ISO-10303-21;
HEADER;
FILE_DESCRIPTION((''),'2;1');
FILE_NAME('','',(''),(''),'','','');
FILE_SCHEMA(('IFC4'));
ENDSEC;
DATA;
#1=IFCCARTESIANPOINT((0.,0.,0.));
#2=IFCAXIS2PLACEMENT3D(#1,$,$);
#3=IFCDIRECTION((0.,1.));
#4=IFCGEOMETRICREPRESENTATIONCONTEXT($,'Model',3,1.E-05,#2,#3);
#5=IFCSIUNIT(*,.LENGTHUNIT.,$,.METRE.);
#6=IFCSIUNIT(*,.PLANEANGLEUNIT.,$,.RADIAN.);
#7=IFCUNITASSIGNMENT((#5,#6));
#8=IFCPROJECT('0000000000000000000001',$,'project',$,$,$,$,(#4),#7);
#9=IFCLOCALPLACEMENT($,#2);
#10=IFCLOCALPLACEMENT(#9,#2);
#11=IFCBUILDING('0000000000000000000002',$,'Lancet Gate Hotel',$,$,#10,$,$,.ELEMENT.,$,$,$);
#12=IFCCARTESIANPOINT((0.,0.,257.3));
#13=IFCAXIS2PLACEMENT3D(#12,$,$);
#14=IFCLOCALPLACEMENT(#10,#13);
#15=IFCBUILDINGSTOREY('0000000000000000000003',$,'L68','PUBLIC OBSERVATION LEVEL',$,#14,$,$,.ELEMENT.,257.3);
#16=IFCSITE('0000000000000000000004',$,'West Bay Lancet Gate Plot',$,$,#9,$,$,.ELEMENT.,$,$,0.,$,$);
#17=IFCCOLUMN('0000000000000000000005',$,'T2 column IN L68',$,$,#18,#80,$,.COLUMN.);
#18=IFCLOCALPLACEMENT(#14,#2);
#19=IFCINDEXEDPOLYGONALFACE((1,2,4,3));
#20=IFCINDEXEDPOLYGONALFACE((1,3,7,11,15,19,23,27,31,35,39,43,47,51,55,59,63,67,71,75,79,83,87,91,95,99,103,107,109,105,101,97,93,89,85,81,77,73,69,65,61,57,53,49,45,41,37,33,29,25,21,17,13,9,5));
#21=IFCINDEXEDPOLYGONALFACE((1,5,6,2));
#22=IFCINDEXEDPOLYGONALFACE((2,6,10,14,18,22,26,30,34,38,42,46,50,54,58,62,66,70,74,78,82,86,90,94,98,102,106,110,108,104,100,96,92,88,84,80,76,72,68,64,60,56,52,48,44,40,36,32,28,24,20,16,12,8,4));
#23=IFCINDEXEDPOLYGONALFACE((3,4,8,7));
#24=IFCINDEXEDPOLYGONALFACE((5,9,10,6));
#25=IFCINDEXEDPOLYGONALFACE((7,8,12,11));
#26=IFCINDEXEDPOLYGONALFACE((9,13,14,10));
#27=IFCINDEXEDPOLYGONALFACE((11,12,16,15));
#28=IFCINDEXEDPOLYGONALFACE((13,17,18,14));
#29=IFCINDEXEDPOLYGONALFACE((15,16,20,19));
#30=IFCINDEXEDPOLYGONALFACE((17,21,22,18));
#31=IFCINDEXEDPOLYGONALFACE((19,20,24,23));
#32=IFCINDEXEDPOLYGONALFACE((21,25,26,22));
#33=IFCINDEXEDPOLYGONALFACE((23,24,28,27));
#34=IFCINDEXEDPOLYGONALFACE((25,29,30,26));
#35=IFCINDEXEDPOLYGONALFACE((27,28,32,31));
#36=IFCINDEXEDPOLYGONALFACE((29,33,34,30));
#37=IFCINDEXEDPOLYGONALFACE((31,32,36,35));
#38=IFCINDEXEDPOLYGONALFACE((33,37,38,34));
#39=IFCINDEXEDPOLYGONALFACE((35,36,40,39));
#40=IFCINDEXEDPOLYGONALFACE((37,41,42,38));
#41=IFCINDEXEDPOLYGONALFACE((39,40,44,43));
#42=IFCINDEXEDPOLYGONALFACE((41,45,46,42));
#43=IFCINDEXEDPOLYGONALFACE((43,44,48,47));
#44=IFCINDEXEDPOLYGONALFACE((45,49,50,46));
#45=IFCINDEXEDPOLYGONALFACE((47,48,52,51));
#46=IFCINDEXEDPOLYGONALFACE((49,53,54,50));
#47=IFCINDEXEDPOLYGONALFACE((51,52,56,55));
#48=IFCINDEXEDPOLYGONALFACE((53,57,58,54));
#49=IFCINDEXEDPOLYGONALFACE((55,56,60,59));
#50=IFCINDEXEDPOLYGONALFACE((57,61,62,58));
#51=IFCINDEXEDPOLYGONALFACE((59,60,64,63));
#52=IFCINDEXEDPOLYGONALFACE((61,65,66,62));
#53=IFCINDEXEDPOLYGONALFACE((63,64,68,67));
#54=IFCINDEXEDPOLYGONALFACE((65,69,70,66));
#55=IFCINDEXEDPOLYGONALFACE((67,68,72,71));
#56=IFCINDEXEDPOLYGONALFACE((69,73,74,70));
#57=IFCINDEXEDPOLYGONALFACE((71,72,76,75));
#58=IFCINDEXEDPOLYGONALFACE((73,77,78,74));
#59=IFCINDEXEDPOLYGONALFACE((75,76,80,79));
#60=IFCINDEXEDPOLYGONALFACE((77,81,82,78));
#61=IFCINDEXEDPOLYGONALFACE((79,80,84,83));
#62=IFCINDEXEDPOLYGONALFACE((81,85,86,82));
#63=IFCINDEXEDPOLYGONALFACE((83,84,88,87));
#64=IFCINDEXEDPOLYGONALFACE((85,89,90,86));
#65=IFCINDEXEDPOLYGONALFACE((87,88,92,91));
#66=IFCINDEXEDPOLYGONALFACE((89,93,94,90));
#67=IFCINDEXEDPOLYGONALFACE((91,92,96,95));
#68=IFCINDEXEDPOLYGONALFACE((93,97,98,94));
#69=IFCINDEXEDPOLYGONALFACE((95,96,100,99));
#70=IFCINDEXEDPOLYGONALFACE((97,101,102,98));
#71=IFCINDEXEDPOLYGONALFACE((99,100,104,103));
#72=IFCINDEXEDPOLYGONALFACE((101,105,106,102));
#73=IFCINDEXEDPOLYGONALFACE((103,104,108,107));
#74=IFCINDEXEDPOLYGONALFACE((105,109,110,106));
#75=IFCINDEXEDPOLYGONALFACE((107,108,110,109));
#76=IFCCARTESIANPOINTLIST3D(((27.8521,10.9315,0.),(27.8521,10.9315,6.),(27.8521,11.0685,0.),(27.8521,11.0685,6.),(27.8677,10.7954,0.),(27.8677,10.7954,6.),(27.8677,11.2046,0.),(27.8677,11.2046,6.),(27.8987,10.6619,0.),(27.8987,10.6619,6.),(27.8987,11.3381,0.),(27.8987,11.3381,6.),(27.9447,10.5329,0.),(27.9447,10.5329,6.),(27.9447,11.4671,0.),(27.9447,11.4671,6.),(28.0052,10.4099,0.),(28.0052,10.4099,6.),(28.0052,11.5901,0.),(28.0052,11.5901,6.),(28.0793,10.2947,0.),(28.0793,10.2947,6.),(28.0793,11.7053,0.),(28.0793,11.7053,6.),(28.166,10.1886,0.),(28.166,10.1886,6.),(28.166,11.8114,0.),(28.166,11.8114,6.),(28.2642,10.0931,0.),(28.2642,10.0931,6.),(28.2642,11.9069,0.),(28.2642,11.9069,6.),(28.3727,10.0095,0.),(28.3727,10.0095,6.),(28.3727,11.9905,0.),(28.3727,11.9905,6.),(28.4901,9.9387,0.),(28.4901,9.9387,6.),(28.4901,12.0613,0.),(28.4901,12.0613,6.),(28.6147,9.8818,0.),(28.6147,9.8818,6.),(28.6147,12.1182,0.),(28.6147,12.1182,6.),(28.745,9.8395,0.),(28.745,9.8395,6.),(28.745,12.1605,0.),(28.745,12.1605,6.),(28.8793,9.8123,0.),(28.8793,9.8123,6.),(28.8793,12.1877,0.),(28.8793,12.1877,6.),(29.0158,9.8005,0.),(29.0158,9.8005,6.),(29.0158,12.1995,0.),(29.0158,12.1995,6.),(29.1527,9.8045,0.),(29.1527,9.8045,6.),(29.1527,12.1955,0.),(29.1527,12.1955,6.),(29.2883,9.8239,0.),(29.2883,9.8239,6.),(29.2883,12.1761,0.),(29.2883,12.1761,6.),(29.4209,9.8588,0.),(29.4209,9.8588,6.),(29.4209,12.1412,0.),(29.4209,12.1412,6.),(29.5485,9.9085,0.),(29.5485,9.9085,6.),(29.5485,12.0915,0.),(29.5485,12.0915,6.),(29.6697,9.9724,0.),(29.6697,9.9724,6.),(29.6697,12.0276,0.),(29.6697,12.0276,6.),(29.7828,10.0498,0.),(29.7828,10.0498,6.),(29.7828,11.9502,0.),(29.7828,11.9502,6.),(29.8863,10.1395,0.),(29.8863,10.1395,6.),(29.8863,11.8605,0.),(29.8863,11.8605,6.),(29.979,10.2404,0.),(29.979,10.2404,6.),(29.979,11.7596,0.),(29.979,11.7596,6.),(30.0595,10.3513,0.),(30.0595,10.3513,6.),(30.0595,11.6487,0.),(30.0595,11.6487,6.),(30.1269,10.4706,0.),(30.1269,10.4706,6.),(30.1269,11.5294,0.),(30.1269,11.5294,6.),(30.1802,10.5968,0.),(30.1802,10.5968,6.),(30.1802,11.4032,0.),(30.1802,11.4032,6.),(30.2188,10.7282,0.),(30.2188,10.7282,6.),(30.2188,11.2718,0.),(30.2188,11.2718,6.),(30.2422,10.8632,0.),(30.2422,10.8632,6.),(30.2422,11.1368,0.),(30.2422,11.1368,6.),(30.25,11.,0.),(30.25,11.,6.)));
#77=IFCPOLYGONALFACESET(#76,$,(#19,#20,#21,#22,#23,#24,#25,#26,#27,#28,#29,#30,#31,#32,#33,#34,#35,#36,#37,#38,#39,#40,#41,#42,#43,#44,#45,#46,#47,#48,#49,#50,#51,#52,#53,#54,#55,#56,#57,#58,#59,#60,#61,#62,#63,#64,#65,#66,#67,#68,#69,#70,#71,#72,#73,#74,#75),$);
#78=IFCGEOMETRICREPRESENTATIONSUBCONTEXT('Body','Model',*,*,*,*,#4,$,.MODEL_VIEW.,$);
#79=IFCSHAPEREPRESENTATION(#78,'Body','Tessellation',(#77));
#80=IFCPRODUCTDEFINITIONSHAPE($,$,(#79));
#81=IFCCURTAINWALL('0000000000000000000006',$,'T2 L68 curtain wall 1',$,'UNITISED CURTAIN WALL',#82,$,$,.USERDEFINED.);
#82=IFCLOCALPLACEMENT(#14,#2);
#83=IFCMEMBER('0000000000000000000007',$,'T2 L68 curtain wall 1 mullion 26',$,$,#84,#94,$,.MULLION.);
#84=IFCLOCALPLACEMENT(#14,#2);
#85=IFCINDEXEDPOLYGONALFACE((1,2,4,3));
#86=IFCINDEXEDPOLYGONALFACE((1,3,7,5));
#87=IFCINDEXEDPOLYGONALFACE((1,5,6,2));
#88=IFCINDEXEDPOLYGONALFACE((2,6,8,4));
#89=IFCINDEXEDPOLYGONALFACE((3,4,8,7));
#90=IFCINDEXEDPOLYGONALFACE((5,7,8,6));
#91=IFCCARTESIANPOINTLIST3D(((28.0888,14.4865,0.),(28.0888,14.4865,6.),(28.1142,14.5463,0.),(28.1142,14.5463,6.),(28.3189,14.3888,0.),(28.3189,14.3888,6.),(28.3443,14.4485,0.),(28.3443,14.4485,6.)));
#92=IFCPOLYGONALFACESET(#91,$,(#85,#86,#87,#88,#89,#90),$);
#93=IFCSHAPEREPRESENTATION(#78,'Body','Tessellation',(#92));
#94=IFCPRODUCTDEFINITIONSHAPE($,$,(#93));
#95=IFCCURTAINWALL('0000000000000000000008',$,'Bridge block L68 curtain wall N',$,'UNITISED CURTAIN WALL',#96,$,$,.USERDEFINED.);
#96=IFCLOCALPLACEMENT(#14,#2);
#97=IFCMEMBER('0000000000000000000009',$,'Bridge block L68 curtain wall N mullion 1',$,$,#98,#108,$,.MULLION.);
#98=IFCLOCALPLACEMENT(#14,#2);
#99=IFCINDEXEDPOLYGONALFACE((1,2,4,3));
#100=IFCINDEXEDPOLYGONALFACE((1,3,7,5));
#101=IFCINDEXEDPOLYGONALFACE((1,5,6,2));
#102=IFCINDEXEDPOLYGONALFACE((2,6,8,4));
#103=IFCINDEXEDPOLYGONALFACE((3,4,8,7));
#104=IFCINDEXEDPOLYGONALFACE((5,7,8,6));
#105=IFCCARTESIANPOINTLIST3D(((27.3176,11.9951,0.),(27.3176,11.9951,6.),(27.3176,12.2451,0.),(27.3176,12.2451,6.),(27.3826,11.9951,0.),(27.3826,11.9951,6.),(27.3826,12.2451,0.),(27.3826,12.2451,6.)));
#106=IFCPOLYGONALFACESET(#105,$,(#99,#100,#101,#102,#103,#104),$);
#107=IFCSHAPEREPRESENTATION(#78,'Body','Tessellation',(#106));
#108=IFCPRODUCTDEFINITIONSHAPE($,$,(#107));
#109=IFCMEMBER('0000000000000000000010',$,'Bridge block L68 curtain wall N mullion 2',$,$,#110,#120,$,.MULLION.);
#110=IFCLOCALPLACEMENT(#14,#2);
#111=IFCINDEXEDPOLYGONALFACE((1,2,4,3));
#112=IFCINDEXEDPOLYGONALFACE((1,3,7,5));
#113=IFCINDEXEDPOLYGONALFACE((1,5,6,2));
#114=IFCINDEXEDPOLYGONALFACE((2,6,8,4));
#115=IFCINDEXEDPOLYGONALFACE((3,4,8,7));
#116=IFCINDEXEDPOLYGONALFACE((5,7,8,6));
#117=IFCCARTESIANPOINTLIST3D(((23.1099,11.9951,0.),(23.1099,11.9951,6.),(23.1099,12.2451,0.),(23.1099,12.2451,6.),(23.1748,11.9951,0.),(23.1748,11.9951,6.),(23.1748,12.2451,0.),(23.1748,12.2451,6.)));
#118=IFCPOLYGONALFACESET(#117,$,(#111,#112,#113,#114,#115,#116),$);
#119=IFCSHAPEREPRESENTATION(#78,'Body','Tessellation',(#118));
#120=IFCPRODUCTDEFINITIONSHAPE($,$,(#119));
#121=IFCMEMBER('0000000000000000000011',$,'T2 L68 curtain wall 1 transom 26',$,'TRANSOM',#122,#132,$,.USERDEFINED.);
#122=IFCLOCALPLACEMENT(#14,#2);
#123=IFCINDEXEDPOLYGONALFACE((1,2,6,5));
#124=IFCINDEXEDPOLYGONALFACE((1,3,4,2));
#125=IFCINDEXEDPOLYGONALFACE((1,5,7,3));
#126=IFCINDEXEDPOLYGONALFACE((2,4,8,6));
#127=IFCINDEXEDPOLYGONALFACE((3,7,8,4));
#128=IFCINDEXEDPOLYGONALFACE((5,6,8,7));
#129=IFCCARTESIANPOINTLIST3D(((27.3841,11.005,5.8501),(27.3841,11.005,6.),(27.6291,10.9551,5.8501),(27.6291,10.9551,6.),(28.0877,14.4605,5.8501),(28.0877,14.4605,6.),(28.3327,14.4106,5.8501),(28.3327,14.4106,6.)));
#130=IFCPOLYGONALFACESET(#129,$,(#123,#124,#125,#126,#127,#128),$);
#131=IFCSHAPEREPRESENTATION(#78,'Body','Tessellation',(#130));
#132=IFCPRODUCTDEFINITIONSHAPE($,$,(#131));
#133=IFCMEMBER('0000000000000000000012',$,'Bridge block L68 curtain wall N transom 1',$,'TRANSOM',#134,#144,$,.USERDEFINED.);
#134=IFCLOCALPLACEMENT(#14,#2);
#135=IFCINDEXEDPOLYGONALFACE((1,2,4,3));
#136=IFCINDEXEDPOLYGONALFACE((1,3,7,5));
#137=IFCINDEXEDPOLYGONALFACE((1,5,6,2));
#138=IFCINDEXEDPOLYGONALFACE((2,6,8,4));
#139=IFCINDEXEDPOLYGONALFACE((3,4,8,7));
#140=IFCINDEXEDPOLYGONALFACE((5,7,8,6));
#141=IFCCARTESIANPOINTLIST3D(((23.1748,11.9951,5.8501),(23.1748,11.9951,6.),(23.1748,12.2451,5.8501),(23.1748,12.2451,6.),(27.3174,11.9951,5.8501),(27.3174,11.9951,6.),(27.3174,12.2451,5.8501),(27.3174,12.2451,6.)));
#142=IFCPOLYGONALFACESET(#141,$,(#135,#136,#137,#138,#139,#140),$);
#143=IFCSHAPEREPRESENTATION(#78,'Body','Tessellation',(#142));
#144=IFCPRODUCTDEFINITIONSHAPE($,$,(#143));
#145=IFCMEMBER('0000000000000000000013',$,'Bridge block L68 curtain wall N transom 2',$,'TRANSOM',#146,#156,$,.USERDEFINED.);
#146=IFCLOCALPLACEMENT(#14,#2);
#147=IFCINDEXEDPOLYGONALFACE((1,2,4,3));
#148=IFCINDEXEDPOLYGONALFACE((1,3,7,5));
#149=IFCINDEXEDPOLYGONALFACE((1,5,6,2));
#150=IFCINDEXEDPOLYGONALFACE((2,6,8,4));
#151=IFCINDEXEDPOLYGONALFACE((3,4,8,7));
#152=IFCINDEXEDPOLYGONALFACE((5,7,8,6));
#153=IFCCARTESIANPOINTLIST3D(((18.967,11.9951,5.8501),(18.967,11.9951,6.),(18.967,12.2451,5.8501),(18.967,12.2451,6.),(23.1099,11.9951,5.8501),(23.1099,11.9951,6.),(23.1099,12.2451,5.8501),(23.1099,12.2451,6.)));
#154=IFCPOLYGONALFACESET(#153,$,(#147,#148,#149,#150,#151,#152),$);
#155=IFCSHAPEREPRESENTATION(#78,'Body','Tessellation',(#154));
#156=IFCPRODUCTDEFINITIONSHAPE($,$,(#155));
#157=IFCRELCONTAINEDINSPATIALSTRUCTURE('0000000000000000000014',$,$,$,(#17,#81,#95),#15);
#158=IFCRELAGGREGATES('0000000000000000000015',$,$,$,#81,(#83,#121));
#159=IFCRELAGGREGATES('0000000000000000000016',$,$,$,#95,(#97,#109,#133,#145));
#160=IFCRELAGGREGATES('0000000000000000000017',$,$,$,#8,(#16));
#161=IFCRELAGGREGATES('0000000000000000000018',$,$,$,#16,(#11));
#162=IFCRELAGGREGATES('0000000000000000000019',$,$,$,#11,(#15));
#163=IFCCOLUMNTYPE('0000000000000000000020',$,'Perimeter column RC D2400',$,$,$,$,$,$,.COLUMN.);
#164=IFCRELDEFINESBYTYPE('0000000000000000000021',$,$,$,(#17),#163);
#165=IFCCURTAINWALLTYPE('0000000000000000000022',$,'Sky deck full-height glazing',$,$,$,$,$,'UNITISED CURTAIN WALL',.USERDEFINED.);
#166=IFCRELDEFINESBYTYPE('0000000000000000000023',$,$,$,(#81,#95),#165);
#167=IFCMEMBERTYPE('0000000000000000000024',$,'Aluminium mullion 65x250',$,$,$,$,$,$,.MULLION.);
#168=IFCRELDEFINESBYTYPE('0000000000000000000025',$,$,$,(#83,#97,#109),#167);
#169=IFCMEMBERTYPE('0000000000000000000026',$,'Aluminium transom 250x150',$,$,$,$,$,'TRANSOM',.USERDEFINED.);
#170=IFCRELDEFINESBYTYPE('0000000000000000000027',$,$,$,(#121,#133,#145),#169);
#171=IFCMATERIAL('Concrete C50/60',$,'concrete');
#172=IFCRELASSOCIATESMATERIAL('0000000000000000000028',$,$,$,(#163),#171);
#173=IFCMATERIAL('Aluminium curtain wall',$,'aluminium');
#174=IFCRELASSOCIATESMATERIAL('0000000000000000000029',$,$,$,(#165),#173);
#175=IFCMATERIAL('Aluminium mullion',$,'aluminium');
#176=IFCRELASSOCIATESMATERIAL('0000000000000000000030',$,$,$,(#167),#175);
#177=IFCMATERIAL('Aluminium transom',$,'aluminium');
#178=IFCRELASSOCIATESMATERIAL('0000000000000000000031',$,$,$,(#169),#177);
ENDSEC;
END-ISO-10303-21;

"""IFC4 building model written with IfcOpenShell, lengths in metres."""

from ifc_helpers import new_model, si_unit, direction, frame, origin, origin_2d, place, context, subcontext, project, spatial, rectangle, circle, extrude, material, material_profile, profile_set, type_object, element, aggregate, save


model = new_model("IFC4")

# Units and contexts
model_context = context("Model", 3, precision=1e-05, world=origin(), true_north=direction((0.0, 1.0)))
body_context = subcontext(model_context, "Body", "Model", "MODEL_VIEW")
ifc_project = project(units=[si_unit("LENGTHUNIT", "METRE"), si_unit("PLANEANGLEUNIT", "RADIAN")], contexts=[model_context])

# Site, building, storey
site_placement = place(None, origin())
site = spatial("IfcSite", under=ifc_project, at=site_placement, Name="West Bay Lancet Gate Plot", CompositionType="ELEMENT", RefElevation=0.0)
building_placement = place(site_placement, origin())
building = spatial("IfcBuilding", under=site, at=building_placement, Name="Lancet Gate Hotel", CompositionType="ELEMENT")
storey_placement = place(building_placement, frame((0.0, 0.0, 257.3)))
storey = spatial("IfcBuildingStorey", under=building, at=storey_placement, Name="L68", Description="PUBLIC OBSERVATION LEVEL", CompositionType="ELEMENT", Elevation=257.3)

# Column
ifc_material_1 = material(Name="Concrete C50/60", Category="concrete")
ifc_material_profile_1 = material_profile(ifc_material_1, circle(Radius=1.2, at=origin_2d()), Name="RC D2400")
ifc_profile_set_1 = profile_set([ifc_material_profile_1], Name="Concrete C50/60")
column_type = type_object("IfcColumnType", Name="Perimeter column RC D2400", PredefinedType="COLUMN", material=ifc_profile_set_1)
column_placement = place(storey_placement, frame((29.05, 11.0, 0.0), z_axis=(0.0, 0.0, 1.0), x_axis=(1.0, 0.0, 0.0)))
element("IfcColumn", 1, at=column_placement, inside=storey, type_object=column_type, Name="T2 column IN L68", PredefinedType="COLUMN", context=body_context, shape_type="SweptSolid", body=[
    extrude(circle(Radius=1.2, at=origin_2d()), origin(), (0.0, 0.0, 1.0), 6.0),
])

# Curtain wall, member
ifc_material_2 = material(Name="Aluminium curtain wall", Category="aluminium")
curtain_wall_type = type_object("IfcCurtainWallType", Name="Sky deck full-height glazing", ElementType="UNITISED CURTAIN WALL", PredefinedType="USERDEFINED", material=ifc_material_2)
curtain_wall_1_placement = place(storey_placement, origin())
curtain_wall_1 = element("IfcCurtainWall", 2, at=curtain_wall_1_placement, inside=storey, type_object=curtain_wall_type, Name="T2 L68 curtain wall 1", ObjectType="UNITISED CURTAIN WALL", PredefinedType="USERDEFINED")
ifc_material_3 = material(Name="Aluminium mullion", Category="aluminium")
ifc_material_profile_2 = material_profile(ifc_material_3, rectangle(XDim=0.0649, YDim=0.25, at=origin_2d()), Name="MULLION 65x250")
ifc_profile_set_2 = profile_set([ifc_material_profile_2], Name="Aluminium mullion")
member_type_1 = type_object("IfcMemberType", Name="Aluminium mullion 65x250", PredefinedType="MULLION", material=ifc_profile_set_2)
member_1_placement = place(storey_placement, frame((28.2166, 14.4675, 0.0), z_axis=(0.0, 0.0, 1.0), x_axis=(-0.391042, -0.920373, 0.0)))
member_1 = element("IfcMember", 3, at=member_1_placement, type_object=member_type_1, Name="T2 L68 curtain wall 1 mullion 26", PredefinedType="MULLION", context=body_context, shape_type="SweptSolid", body=[
    extrude(rectangle(XDim=0.0649, YDim=0.25, at=origin_2d()), origin(), (0.0, 0.0, 1.0), 6.0),
])

# Curtain wall, members
curtain_wall_2_placement = place(storey_placement, origin())
curtain_wall_2 = element("IfcCurtainWall", 4, at=curtain_wall_2_placement, inside=storey, type_object=curtain_wall_type, Name="Bridge block L68 curtain wall N", ObjectType="UNITISED CURTAIN WALL", PredefinedType="USERDEFINED")
member_2_placement = place(storey_placement, frame((27.3501, 12.1201, 0.0), z_axis=(0.0, 0.0, 1.0), x_axis=(-1.0, 0.0, 0.0)))
member_2 = element("IfcMember", 5, at=member_2_placement, type_object=member_type_1, Name="Bridge block L68 curtain wall N mullion 1", PredefinedType="MULLION", context=body_context, shape_type="SweptSolid", body=[
    extrude(rectangle(XDim=0.0649, YDim=0.25, at=origin_2d()), origin(), (0.0, 0.0, 1.0), 6.0),
])
member_3_placement = place(storey_placement, frame((23.1423, 12.1201, 0.0), z_axis=(0.0, 0.0, 1.0), x_axis=(-1.0, 0.0, 0.0)))
member_3 = element("IfcMember", 6, at=member_3_placement, type_object=member_type_1, Name="Bridge block L68 curtain wall N mullion 2", PredefinedType="MULLION", context=body_context, shape_type="SweptSolid", body=[
    extrude(rectangle(XDim=0.0649, YDim=0.25, at=origin_2d()), origin(), (0.0, 0.0, 1.0), 6.0),
])

# Members
ifc_material_4 = material(Name="Aluminium transom", Category="aluminium")
ifc_material_profile_3 = material_profile(ifc_material_4, rectangle(XDim=0.25, YDim=0.1499, at=origin_2d()), Name="TRANSOM 250x150")
ifc_profile_set_3 = profile_set([ifc_material_profile_3], Name="Aluminium transom")
member_type_2 = type_object("IfcMemberType", Name="Aluminium transom 250x150", ElementType="TRANSOM", PredefinedType="USERDEFINED", material=ifc_profile_set_3)
member_4_placement = place(storey_placement, frame((28.2102, 14.4355, 5.925), z_axis=(-0.199523, -0.979893, 0.0), x_axis=(0.979893, -0.199523, 0.0)))
member_4 = element("IfcMember", 7, at=member_4_placement, type_object=member_type_2, Name="T2 L68 curtain wall 1 transom 26", ObjectType="TRANSOM", PredefinedType="USERDEFINED", context=body_context, shape_type="SweptSolid", body=[
    extrude(rectangle(XDim=0.25, YDim=0.1499, at=origin_2d()), origin(), (0.0, 0.0, 1.0), 3.5264),
])
member_5_placement = place(storey_placement, frame((27.3174, 12.1201, 5.925), z_axis=(-1.0, 0.0, 0.0), x_axis=(0.0, -1.0, 0.0)))
member_5 = element("IfcMember", 8, at=member_5_placement, type_object=member_type_2, Name="Bridge block L68 curtain wall N transom 1", ObjectType="TRANSOM", PredefinedType="USERDEFINED", context=body_context, shape_type="SweptSolid", body=[
    extrude(rectangle(XDim=0.25, YDim=0.1499, at=origin_2d()), origin(), (0.0, 0.0, 1.0), 4.1426),
])
member_6_placement = place(storey_placement, frame((23.1099, 12.1201, 5.925), z_axis=(-1.0, 0.0, 0.0), x_axis=(0.0, -1.0, 0.0)))
member_6 = element("IfcMember", 9, at=member_6_placement, type_object=member_type_2, Name="Bridge block L68 curtain wall N transom 2", ObjectType="TRANSOM", PredefinedType="USERDEFINED", context=body_context, shape_type="SweptSolid", body=[
    extrude(rectangle(XDim=0.25, YDim=0.1499, at=origin_2d()), origin(), (0.0, 0.0, 1.0), 4.1428),
])

aggregate(curtain_wall_1, [member_1, member_4])
aggregate(curtain_wall_2, [member_2, member_3, member_5, member_6])

save(model, "model.ifc")
